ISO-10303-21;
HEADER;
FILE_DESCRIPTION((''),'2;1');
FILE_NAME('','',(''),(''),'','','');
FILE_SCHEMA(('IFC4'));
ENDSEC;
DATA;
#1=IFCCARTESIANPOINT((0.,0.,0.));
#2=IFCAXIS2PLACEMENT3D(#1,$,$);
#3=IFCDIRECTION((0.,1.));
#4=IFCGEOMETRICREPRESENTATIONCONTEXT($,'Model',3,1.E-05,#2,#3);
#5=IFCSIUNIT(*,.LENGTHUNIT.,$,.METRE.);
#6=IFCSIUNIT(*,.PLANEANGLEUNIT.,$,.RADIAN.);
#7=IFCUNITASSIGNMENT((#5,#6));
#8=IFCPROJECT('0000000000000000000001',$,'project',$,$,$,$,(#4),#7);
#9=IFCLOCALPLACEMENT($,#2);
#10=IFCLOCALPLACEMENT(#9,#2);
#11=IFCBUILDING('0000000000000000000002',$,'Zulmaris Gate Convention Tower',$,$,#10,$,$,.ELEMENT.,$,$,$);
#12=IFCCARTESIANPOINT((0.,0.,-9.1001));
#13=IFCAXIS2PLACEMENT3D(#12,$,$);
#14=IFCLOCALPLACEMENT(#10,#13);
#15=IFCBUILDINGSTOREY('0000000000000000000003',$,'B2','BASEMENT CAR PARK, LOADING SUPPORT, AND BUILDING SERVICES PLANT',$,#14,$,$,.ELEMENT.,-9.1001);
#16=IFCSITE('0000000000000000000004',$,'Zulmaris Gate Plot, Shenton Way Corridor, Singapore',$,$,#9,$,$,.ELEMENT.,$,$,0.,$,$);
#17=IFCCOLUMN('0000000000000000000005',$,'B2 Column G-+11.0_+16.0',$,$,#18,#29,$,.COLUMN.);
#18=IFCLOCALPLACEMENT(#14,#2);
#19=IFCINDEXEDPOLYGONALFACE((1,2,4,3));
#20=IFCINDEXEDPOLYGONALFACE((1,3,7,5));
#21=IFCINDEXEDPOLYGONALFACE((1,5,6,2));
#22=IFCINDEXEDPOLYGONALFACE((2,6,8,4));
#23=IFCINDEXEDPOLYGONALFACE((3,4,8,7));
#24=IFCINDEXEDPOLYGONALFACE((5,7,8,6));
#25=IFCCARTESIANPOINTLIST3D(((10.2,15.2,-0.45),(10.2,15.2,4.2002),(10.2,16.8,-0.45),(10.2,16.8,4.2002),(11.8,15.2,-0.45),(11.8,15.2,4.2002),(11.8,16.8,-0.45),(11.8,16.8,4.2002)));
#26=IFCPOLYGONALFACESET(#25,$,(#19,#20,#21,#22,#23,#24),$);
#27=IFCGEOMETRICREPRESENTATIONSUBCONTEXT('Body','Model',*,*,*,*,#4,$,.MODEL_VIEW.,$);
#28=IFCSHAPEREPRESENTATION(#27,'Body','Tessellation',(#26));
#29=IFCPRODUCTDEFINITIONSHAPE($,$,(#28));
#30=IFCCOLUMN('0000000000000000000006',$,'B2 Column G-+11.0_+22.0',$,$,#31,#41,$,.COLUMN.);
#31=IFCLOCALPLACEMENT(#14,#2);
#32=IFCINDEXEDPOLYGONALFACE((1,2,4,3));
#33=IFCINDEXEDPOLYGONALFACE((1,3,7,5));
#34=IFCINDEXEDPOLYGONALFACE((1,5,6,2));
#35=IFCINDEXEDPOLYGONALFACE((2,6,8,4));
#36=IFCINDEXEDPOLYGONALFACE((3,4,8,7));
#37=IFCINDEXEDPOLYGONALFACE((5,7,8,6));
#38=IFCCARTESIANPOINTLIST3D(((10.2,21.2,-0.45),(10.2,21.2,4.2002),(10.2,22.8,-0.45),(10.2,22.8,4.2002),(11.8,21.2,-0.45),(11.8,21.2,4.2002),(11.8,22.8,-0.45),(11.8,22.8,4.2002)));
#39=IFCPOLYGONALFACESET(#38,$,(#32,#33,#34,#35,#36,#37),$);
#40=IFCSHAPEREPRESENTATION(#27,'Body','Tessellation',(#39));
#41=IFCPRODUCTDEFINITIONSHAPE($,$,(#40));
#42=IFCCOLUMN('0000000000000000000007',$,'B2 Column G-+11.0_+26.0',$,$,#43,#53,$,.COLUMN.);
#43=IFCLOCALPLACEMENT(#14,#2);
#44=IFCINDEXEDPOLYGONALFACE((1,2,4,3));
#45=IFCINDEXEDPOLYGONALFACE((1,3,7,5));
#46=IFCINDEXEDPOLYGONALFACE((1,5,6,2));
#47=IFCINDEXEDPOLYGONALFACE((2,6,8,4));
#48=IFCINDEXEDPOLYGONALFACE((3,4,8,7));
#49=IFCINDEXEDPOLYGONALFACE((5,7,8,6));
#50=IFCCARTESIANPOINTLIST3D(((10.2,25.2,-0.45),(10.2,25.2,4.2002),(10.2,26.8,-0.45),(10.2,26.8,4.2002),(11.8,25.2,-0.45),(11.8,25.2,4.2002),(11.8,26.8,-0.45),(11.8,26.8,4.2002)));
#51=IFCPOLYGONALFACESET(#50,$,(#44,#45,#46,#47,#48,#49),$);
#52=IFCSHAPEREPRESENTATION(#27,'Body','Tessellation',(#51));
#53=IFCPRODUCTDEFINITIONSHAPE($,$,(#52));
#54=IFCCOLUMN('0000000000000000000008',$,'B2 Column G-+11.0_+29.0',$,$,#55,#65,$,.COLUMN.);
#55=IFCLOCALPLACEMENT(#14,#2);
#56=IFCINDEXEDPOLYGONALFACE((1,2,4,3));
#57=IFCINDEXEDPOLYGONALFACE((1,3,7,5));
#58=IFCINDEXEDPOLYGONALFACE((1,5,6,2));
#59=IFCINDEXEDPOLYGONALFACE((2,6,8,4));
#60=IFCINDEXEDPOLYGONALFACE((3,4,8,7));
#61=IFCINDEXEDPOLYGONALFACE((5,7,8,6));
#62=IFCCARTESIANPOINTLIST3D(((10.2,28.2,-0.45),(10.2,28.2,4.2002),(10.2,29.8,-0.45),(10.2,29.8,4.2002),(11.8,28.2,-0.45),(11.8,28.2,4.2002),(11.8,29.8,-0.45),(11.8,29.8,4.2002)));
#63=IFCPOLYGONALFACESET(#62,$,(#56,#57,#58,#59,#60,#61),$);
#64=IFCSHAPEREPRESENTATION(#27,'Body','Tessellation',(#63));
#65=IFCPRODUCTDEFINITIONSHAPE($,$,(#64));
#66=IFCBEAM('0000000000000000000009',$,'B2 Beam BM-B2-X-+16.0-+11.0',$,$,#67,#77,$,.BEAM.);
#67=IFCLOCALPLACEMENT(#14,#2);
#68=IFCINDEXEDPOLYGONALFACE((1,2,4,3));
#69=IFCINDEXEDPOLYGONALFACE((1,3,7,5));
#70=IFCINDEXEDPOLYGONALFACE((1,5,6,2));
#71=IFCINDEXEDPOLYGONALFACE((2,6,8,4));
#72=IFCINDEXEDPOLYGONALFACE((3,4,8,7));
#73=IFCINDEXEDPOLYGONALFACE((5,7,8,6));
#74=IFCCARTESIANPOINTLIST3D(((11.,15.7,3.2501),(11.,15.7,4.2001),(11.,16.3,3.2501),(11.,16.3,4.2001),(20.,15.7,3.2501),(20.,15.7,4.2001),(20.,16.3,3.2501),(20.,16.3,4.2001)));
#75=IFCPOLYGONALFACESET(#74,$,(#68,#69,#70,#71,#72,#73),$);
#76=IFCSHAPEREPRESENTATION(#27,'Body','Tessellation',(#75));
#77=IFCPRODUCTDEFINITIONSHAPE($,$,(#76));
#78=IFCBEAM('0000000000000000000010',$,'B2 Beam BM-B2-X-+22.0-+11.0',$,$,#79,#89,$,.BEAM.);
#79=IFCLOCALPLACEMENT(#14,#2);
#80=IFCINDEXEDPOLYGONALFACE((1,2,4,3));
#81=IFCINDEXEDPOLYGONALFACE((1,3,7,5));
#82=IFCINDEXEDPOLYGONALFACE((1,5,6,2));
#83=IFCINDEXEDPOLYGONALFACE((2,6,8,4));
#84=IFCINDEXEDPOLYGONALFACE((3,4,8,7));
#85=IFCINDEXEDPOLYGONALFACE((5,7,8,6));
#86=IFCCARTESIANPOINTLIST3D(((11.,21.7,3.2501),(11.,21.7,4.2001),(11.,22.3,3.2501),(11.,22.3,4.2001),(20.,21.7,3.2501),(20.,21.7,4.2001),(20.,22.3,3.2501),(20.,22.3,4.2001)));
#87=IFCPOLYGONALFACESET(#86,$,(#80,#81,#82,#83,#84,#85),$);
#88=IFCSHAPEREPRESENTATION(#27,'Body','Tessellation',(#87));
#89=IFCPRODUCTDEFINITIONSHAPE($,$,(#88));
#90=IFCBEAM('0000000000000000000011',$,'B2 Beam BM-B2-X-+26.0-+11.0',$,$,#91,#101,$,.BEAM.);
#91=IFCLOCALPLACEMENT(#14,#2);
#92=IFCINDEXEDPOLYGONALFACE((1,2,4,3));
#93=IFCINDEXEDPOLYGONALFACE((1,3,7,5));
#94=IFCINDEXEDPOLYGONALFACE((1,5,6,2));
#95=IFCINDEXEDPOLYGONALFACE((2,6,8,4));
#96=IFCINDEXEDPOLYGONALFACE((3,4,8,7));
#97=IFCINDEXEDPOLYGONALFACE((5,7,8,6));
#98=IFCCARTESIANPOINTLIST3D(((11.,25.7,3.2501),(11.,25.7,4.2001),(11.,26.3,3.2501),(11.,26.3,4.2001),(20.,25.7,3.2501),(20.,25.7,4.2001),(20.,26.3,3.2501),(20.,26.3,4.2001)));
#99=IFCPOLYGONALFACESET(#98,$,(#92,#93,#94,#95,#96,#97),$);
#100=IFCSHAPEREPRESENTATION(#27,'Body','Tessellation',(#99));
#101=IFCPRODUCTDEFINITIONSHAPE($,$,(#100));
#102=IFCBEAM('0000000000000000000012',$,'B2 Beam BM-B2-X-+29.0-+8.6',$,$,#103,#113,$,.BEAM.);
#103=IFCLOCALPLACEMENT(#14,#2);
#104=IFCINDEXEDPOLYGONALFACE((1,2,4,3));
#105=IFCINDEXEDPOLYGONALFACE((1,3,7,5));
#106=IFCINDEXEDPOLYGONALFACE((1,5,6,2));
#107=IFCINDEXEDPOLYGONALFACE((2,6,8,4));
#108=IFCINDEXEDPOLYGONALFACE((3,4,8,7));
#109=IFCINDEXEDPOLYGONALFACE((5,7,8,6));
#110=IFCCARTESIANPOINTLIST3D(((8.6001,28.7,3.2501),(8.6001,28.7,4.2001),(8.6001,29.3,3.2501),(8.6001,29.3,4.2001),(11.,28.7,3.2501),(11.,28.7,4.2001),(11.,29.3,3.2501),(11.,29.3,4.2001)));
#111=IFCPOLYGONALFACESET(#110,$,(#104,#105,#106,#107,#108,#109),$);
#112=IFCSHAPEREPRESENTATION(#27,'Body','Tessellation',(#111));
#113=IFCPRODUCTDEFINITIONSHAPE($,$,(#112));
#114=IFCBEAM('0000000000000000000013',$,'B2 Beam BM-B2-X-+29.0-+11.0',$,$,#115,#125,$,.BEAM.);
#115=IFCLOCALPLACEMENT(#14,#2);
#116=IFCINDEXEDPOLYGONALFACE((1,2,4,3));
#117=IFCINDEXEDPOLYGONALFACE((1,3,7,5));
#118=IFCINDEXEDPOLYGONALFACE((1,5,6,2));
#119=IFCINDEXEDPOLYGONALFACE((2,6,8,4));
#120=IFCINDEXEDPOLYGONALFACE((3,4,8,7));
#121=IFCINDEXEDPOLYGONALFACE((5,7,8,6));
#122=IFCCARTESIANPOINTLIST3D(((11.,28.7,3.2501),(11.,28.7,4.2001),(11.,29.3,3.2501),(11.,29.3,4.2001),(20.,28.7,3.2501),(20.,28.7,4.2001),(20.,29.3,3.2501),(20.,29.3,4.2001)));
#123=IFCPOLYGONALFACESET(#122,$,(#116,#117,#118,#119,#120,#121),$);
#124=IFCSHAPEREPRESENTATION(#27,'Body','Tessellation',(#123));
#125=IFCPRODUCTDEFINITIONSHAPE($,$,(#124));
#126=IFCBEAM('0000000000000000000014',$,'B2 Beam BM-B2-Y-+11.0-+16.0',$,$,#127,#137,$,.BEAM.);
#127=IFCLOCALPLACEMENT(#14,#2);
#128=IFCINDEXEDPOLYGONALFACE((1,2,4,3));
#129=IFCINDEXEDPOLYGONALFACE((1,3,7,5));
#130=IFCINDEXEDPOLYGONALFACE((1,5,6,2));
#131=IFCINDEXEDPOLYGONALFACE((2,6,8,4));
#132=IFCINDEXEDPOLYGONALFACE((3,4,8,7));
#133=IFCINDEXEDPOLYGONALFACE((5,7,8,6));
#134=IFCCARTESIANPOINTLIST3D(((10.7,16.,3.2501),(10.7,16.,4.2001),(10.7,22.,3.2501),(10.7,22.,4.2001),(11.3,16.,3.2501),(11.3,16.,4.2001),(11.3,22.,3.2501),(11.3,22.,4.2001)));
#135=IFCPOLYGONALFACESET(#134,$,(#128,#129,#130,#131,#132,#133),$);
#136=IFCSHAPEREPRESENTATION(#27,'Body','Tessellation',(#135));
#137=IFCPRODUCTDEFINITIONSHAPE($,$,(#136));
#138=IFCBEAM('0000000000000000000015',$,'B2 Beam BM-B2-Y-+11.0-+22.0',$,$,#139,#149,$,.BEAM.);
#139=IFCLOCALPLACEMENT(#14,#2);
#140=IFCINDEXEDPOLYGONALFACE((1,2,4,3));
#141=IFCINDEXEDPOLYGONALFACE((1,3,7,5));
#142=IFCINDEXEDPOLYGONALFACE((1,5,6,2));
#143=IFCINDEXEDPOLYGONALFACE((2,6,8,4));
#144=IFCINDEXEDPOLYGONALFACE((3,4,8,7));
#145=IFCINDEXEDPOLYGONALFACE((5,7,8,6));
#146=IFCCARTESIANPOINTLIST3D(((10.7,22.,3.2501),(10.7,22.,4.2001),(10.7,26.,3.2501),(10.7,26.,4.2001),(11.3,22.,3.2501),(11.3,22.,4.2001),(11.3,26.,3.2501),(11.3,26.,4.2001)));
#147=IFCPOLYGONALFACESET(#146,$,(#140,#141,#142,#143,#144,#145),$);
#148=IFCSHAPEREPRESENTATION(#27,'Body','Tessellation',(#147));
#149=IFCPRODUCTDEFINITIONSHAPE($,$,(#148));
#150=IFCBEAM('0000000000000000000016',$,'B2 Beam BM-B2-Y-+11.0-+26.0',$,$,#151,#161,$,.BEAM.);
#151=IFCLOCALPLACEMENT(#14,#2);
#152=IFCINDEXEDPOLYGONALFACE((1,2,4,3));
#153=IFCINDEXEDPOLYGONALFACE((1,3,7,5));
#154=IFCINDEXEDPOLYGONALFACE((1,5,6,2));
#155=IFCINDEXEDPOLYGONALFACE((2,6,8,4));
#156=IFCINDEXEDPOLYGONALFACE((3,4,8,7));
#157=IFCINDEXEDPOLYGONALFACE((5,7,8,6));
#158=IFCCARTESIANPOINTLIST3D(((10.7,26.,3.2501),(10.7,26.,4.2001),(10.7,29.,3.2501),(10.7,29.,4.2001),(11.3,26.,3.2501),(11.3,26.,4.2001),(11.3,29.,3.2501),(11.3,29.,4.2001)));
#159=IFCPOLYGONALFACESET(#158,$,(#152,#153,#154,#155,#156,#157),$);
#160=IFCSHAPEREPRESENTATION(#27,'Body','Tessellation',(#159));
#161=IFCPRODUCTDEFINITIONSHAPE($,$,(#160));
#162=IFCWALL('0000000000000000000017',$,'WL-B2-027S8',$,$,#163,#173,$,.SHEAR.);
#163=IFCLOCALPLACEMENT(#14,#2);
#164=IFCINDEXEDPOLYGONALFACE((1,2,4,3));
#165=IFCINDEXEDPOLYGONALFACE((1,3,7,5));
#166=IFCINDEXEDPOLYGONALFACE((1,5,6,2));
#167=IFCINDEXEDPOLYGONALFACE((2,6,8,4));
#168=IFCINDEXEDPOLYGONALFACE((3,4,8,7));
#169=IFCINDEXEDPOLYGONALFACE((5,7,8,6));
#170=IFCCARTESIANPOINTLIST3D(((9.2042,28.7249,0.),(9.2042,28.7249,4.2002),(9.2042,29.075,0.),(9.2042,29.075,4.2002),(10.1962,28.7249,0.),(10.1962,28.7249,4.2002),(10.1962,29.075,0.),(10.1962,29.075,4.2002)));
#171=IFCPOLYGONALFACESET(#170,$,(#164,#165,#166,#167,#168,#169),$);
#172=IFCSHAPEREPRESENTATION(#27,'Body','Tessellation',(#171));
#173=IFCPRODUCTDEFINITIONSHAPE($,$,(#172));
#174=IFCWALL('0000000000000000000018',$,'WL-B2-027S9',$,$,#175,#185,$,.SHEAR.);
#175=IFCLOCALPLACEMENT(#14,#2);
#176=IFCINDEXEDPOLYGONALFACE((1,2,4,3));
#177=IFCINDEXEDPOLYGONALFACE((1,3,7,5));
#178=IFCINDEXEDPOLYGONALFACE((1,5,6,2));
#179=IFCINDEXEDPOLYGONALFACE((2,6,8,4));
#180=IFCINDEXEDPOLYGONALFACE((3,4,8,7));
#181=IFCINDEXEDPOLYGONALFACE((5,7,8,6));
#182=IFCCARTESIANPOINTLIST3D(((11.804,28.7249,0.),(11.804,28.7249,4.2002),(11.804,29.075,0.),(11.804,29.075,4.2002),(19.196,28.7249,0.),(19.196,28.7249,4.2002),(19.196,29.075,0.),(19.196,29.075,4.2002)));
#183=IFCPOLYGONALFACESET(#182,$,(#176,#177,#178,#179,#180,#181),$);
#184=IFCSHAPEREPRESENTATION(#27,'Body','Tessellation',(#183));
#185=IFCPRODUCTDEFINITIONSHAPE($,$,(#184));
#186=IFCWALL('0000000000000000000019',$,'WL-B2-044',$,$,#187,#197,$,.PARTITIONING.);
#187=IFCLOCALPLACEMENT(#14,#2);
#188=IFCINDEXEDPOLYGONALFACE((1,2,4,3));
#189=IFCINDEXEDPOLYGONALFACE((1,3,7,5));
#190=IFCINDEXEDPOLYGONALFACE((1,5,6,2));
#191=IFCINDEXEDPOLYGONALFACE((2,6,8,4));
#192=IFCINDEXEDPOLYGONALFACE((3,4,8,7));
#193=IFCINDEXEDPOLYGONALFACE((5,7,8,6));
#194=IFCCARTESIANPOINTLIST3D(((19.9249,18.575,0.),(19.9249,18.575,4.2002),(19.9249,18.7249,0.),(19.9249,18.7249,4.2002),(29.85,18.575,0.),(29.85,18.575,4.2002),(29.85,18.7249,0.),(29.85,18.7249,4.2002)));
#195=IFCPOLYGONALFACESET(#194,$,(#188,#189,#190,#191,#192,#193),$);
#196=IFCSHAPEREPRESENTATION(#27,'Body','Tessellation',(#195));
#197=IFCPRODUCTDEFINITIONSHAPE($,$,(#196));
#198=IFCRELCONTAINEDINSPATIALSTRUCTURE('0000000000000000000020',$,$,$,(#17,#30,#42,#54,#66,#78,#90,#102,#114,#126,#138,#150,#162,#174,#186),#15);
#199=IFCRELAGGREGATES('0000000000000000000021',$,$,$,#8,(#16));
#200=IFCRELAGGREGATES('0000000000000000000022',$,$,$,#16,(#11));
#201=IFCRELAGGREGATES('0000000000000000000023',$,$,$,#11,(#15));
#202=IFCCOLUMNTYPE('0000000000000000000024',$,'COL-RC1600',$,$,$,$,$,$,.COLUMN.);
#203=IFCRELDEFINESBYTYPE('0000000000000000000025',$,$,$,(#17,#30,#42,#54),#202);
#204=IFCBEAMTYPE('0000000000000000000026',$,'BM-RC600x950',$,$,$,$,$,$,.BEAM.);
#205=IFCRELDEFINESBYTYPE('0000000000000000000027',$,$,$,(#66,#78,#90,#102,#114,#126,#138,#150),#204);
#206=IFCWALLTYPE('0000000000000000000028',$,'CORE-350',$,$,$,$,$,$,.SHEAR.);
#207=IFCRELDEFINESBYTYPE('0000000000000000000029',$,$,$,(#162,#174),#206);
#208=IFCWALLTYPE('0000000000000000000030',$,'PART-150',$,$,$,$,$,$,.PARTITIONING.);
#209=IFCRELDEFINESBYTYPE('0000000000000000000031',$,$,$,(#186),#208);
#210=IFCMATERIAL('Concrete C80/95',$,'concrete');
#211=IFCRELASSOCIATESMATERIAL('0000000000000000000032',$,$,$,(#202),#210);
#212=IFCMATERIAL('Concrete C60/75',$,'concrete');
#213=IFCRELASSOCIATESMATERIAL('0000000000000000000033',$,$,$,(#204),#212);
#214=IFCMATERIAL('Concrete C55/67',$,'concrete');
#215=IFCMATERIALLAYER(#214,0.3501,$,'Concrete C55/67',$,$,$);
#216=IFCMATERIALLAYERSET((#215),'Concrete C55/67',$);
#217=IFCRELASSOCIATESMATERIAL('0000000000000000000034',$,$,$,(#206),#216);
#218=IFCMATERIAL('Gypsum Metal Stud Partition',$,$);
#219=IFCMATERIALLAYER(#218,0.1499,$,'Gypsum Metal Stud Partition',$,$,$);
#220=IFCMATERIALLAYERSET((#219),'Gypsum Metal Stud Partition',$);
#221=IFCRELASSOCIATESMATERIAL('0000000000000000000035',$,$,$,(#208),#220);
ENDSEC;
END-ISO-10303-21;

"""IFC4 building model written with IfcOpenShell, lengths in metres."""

from ifc_helpers import new_model, si_unit, direction, frame, frame_2d, origin, origin_2d, place, context, subcontext, project, spatial, rectangle, extrude, material, layer, layer_set, material_profile, profile_set, type_object, element, save


model = new_model("IFC4")

# Units and contexts
model_context = context("Model", 3, precision=1e-05, world=origin(), true_north=direction((0.0, 1.0)))
body_context = subcontext(model_context, "Body", "Model", "MODEL_VIEW")
ifc_project = project(units=[si_unit("LENGTHUNIT", "METRE"), si_unit("PLANEANGLEUNIT", "RADIAN")], contexts=[model_context])

# Site, building, storey
site_placement = place(None, origin())
site = spatial("IfcSite", under=ifc_project, at=site_placement, Name="Zulmaris Gate Plot, Shenton Way Corridor, Singapore", CompositionType="ELEMENT", RefElevation=0.0)
building_placement = place(site_placement, origin())
building = spatial("IfcBuilding", under=site, at=building_placement, Name="Zulmaris Gate Convention Tower", CompositionType="ELEMENT")
storey_placement = place(building_placement, frame((0.0, 0.0, -9.1001)))
storey = spatial("IfcBuildingStorey", under=building, at=storey_placement, Name="B2", Description="BASEMENT CAR PARK, LOADING SUPPORT, AND BUILDING SERVICES PLANT", CompositionType="ELEMENT", Elevation=-9.1001)

# Columns
ifc_material_1 = material(Name="Concrete C80/95", Category="concrete")
ifc_material_profile_1 = material_profile(ifc_material_1, rectangle(XDim=1.6001, YDim=1.6001, at=origin_2d()), Name="RC COL 1600x1600")
ifc_profile_set_1 = profile_set([ifc_material_profile_1], Name="Concrete C80/95")
column_type_1 = type_object("IfcColumnType", Name="COL-RC1600", PredefinedType="COLUMN", material=ifc_profile_set_1)
for number, where, z_axis, x_axis, name in (
    (1, (11.0, 16.0, -0.45), (0.0, 0.0, 1.0), (1.0, 0.0, 0.0), "B2 Column G-+11.0_+16.0"),
    (2, (11.0, 22.0, -0.45), (0.0, 0.0, 1.0), (1.0, 0.0, 0.0), "B2 Column G-+11.0_+22.0"),
    (3, (11.0, 26.0, -0.45), (0.0, 0.0, 1.0), (1.0, 0.0, 0.0), "B2 Column G-+11.0_+26.0"),
    (4, (11.0, 29.0, -0.45), (0.0, 0.0, 1.0), (1.0, 0.0, 0.0), "B2 Column G-+11.0_+29.0"),
):
    element("IfcColumn", number, at=place(storey_placement, frame(where, z_axis=z_axis, x_axis=x_axis)), inside=storey, type_object=column_type_1, Name=name, PredefinedType="COLUMN", context=body_context, shape_type="SweptSolid", body=[
        extrude(rectangle(XDim=1.6001, YDim=1.6001, at=origin_2d()), origin(), (0.0, 0.0, 1.0), 4.6501),
    ])

# Beams
ifc_material_2 = material(Name="Concrete C60/75", Category="concrete")
ifc_material_profile_2 = material_profile(ifc_material_2, rectangle(XDim=0.6001, YDim=0.95, at=origin_2d()), Name="RC BEAM 600x950")
ifc_profile_set_2 = profile_set([ifc_material_profile_2], Name="Concrete C60/75")
beam_type = type_object("IfcBeamType", Name="BM-RC600x950", PredefinedType="BEAM", material=ifc_profile_set_2)
for number, where, z_axis, x_axis, name in (
    (5, (11.0, 16.0, 3.7251), (1.0, 0.0, 0.0), (0.0, 1.0, 0.0), "B2 Beam BM-B2-X-+16.0-+11.0"),
    (6, (11.0, 22.0, 3.7251), (1.0, 0.0, 0.0), (0.0, 1.0, 0.0), "B2 Beam BM-B2-X-+22.0-+11.0"),
    (7, (11.0, 26.0, 3.7251), (1.0, 0.0, 0.0), (0.0, 1.0, 0.0), "B2 Beam BM-B2-X-+26.0-+11.0"),
):
    element("IfcBeam", number, at=place(storey_placement, frame(where, z_axis=z_axis, x_axis=x_axis)), inside=storey, type_object=beam_type, Name=name, PredefinedType="BEAM", context=body_context, shape_type="SweptSolid", body=[
        extrude(rectangle(XDim=0.6001, YDim=0.95, at=origin_2d()), origin(), (0.0, 0.0, 1.0), 9.0),
    ])
beam_1_placement = place(storey_placement, frame((8.6001, 29.0, 3.7251), z_axis=(1.0, 0.0, 0.0), x_axis=(0.0, 1.0, 0.0)))
element("IfcBeam", 8, at=beam_1_placement, inside=storey, type_object=beam_type, Name="B2 Beam BM-B2-X-+29.0-+8.6", PredefinedType="BEAM", context=body_context, shape_type="SweptSolid", body=[
    extrude(rectangle(XDim=0.6001, YDim=0.95, at=origin_2d()), origin(), (0.0, 0.0, 1.0), 2.3999),
])
beam_2_placement = place(storey_placement, frame((11.0, 29.0, 3.7251), z_axis=(1.0, 0.0, 0.0), x_axis=(0.0, 1.0, 0.0)))
element("IfcBeam", 9, at=beam_2_placement, inside=storey, type_object=beam_type, Name="B2 Beam BM-B2-X-+29.0-+11.0", PredefinedType="BEAM", context=body_context, shape_type="SweptSolid", body=[
    extrude(rectangle(XDim=0.6001, YDim=0.95, at=origin_2d()), origin(), (0.0, 0.0, 1.0), 9.0),
])
beam_3_placement = place(storey_placement, frame((11.0, 16.0, 3.7251), z_axis=(0.0, 1.0, 0.0), x_axis=(-1.0, 0.0, 0.0)))
element("IfcBeam", 10, at=beam_3_placement, inside=storey, type_object=beam_type, Name="B2 Beam BM-B2-Y-+11.0-+16.0", PredefinedType="BEAM", context=body_context, shape_type="SweptSolid", body=[
    extrude(rectangle(XDim=0.6001, YDim=0.95, at=origin_2d()), origin(), (0.0, 0.0, 1.0), 6.0),
])
beam_4_placement = place(storey_placement, frame((11.0, 22.0, 3.7251), z_axis=(0.0, 1.0, 0.0), x_axis=(-1.0, 0.0, 0.0)))
element("IfcBeam", 11, at=beam_4_placement, inside=storey, type_object=beam_type, Name="B2 Beam BM-B2-Y-+11.0-+22.0", PredefinedType="BEAM", context=body_context, shape_type="SweptSolid", body=[
    extrude(rectangle(XDim=0.6001, YDim=0.95, at=origin_2d()), origin(), (0.0, 0.0, 1.0), 4.0),
])
beam_5_placement = place(storey_placement, frame((11.0, 26.0, 3.7251), z_axis=(0.0, 1.0, 0.0), x_axis=(-1.0, 0.0, 0.0)))
element("IfcBeam", 12, at=beam_5_placement, inside=storey, type_object=beam_type, Name="B2 Beam BM-B2-Y-+11.0-+26.0", PredefinedType="BEAM", context=body_context, shape_type="SweptSolid", body=[
    extrude(rectangle(XDim=0.6001, YDim=0.95, at=origin_2d()), origin(), (0.0, 0.0, 1.0), 3.0),
])

# Shared definitions
ifc_material_3 = material(Name="Concrete C55/67", Category="concrete")
ifc_layer_1 = layer(ifc_material_3, 0.3501, Name="Concrete C55/67")
ifc_layer_set_1 = layer_set([ifc_layer_1], Name="Concrete C55/67")
wall_type_1 = type_object("IfcWallType", Name="CORE-350", PredefinedType="SHEAR", material=ifc_layer_set_1)

# Walls
wall_1_placement = place(storey_placement, frame((9.2041, 28.8999, 0.0), z_axis=(0.0, 0.0, 1.0), x_axis=(1.0, 0.0, 0.0)))
element("IfcWall", 13, at=wall_1_placement, inside=storey, type_object=wall_type_1, Name="WL-B2-027S8", PredefinedType="SHEAR", context=body_context, shape_type="SweptSolid", body=[
    extrude(rectangle(XDim=0.9919, YDim=0.3501, at=frame_2d((0.4961, 0.0))), origin(), (0.0, 0.0, 1.0), 4.2002),
])
wall_2_placement = place(storey_placement, frame((11.804, 28.8999, 0.0), z_axis=(0.0, 0.0, 1.0), x_axis=(1.0, 0.0, 0.0)))
element("IfcWall", 14, at=wall_2_placement, inside=storey, type_object=wall_type_1, Name="WL-B2-027S9", PredefinedType="SHEAR", context=body_context, shape_type="SweptSolid", body=[
    extrude(rectangle(XDim=7.3921, YDim=0.3501, at=frame_2d((3.696, 0.0))), origin(), (0.0, 0.0, 1.0), 4.2002),
])
ifc_material_4 = material(Name="Gypsum Metal Stud Partition")
ifc_layer_2 = layer(ifc_material_4, 0.1499, Name="Gypsum Metal Stud Partition")
ifc_layer_set_2 = layer_set([ifc_layer_2], Name="Gypsum Metal Stud Partition")
wall_type_2 = type_object("IfcWallType", Name="PART-150", PredefinedType="PARTITIONING", material=ifc_layer_set_2)
wall_3_placement = place(storey_placement, frame((19.925, 18.6499, 0.0), z_axis=(0.0, 0.0, 1.0), x_axis=(1.0, 0.0, 0.0)))
element("IfcWall", 15, at=wall_3_placement, inside=storey, type_object=wall_type_2, Name="WL-B2-044", PredefinedType="PARTITIONING", context=body_context, shape_type="SweptSolid", body=[
    extrude(rectangle(XDim=9.925, YDim=0.1499, at=frame_2d((4.9624, 0.0))), origin(), (0.0, 0.0, 1.0), 4.2002),
])

save(model, "model.ifc")
